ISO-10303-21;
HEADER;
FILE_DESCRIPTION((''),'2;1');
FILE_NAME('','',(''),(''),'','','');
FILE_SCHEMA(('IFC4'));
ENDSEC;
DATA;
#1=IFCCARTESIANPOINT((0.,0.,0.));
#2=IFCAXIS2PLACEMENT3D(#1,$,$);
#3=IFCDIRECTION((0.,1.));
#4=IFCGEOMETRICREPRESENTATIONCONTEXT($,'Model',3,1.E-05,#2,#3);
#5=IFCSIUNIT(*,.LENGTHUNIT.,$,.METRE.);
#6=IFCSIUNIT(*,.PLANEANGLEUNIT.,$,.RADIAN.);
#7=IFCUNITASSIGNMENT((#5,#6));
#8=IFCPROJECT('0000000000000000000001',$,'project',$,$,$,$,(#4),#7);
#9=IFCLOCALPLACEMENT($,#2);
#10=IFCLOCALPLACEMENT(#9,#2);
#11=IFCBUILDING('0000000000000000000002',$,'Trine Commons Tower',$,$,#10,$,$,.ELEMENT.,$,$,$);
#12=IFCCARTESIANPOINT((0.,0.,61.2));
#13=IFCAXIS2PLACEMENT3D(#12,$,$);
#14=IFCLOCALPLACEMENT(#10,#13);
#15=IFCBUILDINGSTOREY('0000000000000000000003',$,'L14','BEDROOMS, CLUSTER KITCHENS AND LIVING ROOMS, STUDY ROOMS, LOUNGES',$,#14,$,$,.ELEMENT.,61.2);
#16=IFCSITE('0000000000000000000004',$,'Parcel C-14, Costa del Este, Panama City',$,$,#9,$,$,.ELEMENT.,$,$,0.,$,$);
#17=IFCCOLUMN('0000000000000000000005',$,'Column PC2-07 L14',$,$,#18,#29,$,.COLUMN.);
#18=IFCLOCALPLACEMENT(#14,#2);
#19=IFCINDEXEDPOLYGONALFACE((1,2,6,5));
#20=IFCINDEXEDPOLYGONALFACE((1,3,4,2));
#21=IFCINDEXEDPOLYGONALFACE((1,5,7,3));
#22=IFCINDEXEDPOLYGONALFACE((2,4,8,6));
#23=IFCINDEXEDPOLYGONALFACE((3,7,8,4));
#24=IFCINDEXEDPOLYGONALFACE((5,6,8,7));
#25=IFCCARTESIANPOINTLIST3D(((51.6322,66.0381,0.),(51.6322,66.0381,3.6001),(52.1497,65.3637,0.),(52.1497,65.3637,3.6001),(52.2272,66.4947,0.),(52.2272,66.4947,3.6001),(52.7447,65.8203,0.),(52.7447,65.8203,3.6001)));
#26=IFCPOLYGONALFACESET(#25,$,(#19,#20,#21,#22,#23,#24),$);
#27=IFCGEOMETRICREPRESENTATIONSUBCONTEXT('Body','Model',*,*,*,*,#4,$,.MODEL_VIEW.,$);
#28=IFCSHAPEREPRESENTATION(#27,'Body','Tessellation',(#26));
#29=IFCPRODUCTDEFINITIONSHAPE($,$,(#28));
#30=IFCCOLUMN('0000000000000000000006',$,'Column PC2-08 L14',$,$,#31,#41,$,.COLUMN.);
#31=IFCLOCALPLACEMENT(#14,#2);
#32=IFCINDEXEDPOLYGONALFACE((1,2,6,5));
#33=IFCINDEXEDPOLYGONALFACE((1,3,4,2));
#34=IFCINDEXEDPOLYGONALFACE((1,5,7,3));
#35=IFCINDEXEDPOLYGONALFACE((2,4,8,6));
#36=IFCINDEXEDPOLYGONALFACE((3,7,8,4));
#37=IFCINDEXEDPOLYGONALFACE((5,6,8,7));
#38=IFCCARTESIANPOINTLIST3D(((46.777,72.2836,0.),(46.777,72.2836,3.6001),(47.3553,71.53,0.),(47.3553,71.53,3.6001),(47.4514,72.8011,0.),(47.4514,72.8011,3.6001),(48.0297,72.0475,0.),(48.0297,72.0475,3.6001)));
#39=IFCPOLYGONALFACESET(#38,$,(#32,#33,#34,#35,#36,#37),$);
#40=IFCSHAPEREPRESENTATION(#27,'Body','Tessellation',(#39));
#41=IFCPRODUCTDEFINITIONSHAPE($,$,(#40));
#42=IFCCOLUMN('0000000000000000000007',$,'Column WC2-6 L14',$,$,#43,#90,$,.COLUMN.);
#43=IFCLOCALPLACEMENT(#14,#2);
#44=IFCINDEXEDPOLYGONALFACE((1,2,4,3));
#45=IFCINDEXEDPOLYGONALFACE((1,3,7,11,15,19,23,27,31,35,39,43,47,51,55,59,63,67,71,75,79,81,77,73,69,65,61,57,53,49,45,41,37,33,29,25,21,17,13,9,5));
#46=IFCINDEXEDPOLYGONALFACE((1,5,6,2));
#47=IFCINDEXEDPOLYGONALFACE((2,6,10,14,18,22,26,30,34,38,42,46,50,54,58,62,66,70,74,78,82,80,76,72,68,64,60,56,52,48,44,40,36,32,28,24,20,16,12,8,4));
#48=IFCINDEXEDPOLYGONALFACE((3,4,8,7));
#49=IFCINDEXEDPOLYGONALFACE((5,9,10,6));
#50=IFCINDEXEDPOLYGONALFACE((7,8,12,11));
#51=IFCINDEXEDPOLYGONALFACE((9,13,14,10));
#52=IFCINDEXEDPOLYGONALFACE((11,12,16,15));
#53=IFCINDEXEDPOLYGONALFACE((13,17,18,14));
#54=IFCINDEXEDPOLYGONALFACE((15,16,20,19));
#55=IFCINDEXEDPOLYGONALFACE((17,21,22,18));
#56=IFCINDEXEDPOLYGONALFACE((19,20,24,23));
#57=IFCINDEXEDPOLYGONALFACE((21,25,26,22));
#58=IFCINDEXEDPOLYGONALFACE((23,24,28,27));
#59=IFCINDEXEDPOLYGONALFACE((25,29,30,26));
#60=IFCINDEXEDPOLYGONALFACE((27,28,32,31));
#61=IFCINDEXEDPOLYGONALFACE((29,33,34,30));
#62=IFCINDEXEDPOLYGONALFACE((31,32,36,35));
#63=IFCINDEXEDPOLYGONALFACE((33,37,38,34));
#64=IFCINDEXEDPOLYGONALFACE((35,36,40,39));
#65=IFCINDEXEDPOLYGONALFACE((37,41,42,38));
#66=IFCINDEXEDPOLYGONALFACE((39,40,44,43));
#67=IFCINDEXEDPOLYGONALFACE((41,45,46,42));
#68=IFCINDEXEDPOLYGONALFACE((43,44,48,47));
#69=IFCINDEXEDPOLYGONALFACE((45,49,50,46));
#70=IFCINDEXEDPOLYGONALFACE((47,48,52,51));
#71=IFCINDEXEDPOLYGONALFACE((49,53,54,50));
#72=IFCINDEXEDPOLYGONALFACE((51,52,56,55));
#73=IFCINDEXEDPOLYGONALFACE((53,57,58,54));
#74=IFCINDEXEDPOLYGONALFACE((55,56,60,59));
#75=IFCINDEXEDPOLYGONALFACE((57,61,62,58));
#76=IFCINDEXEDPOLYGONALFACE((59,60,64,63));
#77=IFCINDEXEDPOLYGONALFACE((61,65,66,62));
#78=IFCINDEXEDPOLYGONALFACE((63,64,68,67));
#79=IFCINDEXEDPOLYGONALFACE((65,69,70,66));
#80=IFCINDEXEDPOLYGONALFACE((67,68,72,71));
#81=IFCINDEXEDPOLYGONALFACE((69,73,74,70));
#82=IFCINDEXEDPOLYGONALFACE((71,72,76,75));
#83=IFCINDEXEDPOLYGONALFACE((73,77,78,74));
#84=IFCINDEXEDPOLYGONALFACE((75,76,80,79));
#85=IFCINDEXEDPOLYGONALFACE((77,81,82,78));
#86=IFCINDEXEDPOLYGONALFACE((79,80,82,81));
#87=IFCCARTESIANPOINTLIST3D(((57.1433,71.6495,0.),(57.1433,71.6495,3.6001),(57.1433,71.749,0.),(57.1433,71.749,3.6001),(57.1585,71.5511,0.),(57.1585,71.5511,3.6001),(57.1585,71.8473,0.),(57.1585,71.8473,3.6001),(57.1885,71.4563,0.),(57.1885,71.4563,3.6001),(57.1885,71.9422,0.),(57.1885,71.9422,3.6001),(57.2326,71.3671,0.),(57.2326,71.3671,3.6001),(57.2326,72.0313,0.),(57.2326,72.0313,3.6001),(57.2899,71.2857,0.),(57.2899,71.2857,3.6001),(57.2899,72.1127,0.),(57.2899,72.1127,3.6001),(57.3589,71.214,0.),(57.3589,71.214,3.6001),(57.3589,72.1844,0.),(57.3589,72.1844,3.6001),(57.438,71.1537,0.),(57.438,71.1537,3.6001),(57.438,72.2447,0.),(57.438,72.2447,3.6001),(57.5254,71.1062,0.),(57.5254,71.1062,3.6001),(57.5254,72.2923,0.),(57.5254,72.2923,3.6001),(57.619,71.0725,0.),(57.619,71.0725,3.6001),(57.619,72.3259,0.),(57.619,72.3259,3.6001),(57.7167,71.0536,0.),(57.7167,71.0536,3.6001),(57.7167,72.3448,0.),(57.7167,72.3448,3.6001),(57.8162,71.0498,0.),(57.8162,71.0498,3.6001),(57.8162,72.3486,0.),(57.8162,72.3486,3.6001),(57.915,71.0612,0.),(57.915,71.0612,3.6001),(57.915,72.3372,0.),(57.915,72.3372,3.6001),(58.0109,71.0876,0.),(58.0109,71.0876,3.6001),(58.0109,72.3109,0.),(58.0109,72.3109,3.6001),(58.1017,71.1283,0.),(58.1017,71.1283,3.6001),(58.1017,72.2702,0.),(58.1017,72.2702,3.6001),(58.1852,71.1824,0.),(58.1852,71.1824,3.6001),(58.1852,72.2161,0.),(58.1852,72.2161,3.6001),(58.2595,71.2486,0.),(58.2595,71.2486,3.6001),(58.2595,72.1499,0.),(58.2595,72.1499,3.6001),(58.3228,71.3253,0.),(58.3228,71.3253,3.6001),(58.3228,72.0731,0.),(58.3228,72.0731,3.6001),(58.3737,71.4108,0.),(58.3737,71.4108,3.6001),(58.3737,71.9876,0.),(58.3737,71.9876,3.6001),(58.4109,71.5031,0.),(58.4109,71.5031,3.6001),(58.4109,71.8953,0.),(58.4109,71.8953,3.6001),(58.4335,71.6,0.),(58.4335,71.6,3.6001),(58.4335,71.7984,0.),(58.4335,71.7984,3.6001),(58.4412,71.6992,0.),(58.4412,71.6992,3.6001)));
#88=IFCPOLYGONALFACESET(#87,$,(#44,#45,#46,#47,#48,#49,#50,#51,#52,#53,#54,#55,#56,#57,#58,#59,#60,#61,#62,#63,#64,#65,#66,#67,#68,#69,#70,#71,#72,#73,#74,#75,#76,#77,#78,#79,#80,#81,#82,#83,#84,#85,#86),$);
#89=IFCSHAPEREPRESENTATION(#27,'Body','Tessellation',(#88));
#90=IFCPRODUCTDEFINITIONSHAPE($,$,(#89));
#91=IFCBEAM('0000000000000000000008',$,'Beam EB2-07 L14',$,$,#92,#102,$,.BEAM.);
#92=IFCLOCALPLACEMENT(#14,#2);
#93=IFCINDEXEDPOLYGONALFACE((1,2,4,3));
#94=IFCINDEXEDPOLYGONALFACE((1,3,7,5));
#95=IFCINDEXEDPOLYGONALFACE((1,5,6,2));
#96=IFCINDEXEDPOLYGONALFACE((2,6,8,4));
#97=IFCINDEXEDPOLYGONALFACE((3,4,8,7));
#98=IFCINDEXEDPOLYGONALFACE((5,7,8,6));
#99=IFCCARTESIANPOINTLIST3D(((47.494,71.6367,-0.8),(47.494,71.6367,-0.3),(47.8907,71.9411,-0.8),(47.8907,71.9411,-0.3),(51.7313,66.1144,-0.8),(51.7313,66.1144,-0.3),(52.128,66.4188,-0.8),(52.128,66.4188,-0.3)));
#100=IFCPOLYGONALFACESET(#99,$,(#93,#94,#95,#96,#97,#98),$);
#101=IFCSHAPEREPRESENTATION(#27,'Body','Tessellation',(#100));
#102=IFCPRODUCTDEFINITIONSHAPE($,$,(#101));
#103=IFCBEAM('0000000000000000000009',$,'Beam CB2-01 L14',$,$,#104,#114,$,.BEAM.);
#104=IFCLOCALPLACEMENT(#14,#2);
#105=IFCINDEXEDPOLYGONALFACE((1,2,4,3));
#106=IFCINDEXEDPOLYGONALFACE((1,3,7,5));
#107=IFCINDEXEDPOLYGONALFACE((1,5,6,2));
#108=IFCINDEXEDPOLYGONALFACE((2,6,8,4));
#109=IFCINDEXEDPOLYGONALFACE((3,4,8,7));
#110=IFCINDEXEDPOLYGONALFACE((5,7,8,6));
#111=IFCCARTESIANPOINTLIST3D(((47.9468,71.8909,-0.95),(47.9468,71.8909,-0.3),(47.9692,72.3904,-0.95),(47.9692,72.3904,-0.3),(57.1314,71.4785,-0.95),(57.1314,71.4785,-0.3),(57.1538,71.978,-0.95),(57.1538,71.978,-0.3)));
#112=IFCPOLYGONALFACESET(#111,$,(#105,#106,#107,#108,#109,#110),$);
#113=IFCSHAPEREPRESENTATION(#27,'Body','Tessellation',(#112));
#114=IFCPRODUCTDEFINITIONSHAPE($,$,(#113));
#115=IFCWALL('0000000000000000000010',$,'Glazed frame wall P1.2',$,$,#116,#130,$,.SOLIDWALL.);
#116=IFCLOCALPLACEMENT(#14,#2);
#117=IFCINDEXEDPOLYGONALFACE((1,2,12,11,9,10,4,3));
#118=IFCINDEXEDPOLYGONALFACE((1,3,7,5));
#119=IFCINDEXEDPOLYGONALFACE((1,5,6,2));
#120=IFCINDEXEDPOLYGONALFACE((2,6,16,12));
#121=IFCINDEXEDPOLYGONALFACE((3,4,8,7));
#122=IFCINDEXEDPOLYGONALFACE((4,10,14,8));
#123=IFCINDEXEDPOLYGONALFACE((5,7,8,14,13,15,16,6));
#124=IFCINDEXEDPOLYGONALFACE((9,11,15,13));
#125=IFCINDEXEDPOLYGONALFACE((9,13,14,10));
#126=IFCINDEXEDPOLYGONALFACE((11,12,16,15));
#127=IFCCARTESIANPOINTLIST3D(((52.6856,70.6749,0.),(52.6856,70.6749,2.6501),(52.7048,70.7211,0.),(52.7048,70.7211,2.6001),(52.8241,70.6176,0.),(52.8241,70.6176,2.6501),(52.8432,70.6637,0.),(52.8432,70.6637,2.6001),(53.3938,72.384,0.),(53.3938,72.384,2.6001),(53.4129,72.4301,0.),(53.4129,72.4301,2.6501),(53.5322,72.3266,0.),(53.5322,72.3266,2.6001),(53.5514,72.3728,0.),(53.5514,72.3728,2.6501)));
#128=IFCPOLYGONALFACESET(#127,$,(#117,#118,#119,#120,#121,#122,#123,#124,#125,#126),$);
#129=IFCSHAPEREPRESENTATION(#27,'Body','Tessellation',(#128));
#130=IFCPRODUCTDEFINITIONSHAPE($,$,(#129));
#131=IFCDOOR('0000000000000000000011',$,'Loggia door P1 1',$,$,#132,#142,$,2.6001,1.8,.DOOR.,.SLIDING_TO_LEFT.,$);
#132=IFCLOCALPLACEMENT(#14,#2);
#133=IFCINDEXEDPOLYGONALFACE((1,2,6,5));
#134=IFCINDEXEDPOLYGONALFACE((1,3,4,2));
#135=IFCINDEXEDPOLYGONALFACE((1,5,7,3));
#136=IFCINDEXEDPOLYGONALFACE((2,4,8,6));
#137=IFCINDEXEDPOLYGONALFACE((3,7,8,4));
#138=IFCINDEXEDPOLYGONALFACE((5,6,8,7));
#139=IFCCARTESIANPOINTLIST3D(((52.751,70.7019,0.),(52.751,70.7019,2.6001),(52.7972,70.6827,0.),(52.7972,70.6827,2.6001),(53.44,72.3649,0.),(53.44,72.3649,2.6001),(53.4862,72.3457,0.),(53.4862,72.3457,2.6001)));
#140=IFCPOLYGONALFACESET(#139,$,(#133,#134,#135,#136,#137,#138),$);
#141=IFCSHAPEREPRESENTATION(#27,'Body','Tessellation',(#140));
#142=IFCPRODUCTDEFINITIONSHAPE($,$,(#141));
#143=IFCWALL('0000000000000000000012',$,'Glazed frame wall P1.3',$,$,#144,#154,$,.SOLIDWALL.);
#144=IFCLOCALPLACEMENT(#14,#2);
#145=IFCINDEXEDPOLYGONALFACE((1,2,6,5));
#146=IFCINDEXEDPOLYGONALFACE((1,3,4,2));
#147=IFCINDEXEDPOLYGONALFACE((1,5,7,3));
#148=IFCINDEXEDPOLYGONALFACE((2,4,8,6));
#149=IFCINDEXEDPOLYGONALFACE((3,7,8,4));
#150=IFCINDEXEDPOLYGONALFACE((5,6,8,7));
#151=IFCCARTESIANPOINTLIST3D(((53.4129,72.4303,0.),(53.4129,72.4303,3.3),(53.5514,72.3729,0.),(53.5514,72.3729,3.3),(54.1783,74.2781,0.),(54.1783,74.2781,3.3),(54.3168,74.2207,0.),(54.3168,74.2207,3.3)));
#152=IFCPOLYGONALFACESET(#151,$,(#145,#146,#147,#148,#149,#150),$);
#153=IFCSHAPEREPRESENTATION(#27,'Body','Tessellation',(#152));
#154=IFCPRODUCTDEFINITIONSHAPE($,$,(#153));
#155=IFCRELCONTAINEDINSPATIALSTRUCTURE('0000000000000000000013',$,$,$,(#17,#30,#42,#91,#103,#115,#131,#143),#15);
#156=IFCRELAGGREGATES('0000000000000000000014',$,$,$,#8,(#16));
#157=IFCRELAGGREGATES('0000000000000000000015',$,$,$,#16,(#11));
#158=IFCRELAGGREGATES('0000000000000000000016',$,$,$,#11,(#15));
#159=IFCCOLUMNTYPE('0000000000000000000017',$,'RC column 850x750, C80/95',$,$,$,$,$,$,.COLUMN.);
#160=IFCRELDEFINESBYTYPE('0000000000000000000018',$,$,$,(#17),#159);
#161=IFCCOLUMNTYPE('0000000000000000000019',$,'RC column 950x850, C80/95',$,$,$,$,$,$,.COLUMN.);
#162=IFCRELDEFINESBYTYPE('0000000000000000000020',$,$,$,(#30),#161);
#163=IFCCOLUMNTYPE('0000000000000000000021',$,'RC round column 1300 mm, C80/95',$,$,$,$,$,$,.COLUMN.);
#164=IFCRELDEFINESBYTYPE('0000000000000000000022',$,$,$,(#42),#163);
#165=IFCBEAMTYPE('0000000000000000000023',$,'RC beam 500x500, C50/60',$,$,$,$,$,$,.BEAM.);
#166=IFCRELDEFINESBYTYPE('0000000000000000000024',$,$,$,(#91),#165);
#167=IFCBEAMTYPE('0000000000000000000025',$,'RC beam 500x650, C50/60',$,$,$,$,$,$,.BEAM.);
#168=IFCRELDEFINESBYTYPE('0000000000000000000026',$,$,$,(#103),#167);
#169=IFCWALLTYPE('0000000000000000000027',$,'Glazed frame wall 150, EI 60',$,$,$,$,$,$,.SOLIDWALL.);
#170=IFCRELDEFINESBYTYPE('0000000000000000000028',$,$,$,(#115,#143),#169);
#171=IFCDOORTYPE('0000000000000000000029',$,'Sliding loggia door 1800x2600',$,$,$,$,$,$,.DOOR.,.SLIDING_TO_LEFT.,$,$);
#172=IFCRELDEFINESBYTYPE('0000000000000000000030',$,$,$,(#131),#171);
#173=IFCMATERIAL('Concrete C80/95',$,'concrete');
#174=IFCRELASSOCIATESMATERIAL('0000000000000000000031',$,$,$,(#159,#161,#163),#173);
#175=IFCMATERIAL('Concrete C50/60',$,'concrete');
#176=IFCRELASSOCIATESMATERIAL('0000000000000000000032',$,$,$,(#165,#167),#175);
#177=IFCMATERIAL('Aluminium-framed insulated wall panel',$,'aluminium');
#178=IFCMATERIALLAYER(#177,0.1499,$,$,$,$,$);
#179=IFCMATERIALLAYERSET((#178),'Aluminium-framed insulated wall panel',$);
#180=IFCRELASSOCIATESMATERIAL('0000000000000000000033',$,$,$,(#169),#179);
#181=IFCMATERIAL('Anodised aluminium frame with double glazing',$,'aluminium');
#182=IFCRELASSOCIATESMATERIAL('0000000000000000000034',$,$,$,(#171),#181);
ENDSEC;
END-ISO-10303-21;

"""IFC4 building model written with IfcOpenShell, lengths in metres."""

from ifc_helpers import new_model, si_unit, direction, frame, frame_2d, origin, origin_2d, place, context, subcontext, project, spatial, polyline, rectangle, circle, outline, extrude, material, layer, layer_set, material_profile, profile_set, type_object, element, fill, save


model = new_model("IFC4")

# Units and contexts
model_context = context("Model", 3, precision=1e-05, world=origin(), true_north=direction((0.0, 1.0)))
body_context = subcontext(model_context, "Body", "Model", "MODEL_VIEW")
ifc_project = project(units=[si_unit("LENGTHUNIT", "METRE"), si_unit("PLANEANGLEUNIT", "RADIAN")], contexts=[model_context])

# Site, building, storey
site_placement = place(None, origin())
site = spatial("IfcSite", under=ifc_project, at=site_placement, Name="Parcel C-14, Costa del Este, Panama City", CompositionType="ELEMENT", RefElevation=0.0)
building_placement = place(site_placement, origin())
building = spatial("IfcBuilding", under=site, at=building_placement, Name="Trine Commons Tower", CompositionType="ELEMENT")
storey_placement = place(building_placement, frame((0.0, 0.0, 61.2)))
storey = spatial("IfcBuildingStorey", under=building, at=storey_placement, Name="L14", Description="BEDROOMS, CLUSTER KITCHENS AND LIVING ROOMS, STUDY ROOMS, LOUNGES", CompositionType="ELEMENT", Elevation=61.2)

# Columns
ifc_material_1 = material(Name="Concrete C80/95", Category="concrete")
ifc_material_profile_1 = material_profile(ifc_material_1, rectangle(XDim=0.8501, YDim=0.75, at=origin_2d()), Name="RC 850x750")
ifc_profile_set_1 = profile_set([ifc_material_profile_1], Name="Concrete C80/95")
column_type_1 = type_object("IfcColumnType", Name="RC column 850x750, C80/95", PredefinedType="COLUMN", material=ifc_profile_set_1)
column_1_placement = place(storey_placement, frame((52.1885, 65.9292, 0.0), z_axis=(0.0, 0.0, 1.0), x_axis=(-0.608761, 0.793353, 0.0)))
element("IfcColumn", 1, at=column_1_placement, inside=storey, type_object=column_type_1, Name="Column PC2-07 L14", PredefinedType="COLUMN", context=body_context, shape_type="SweptSolid", body=[
    extrude(rectangle(XDim=0.8501, YDim=0.75, at=origin_2d()), origin(), (0.0, 0.0, 1.0), 3.6001),
])
ifc_material_profile_2 = material_profile(ifc_material_1, rectangle(XDim=0.95, YDim=0.8501, at=origin_2d()), Name="RC 950x850")
ifc_profile_set_2 = profile_set([ifc_material_profile_2], Name="Concrete C80/95")
column_type_2 = type_object("IfcColumnType", Name="RC column 950x850, C80/95", PredefinedType="COLUMN", material=ifc_profile_set_2)
column_2_placement = place(storey_placement, frame((47.4033, 72.1655, 0.0), z_axis=(0.0, 0.0, 1.0), x_axis=(-0.608761, 0.793353, 0.0)))
element("IfcColumn", 2, at=column_2_placement, inside=storey, type_object=column_type_2, Name="Column PC2-08 L14", PredefinedType="COLUMN", context=body_context, shape_type="SweptSolid", body=[
    extrude(rectangle(XDim=0.95, YDim=0.8501, at=origin_2d()), origin(), (0.0, 0.0, 1.0), 3.6001),
])
ifc_material_profile_3 = material_profile(ifc_material_1, circle(Radius=0.6499, at=origin_2d()), Name="RC round 1300")
ifc_profile_set_3 = profile_set([ifc_material_profile_3], Name="Concrete C80/95")
column_type_3 = type_object("IfcColumnType", Name="RC round column 1300 mm, C80/95", PredefinedType="COLUMN", material=ifc_profile_set_3)
column_3_placement = place(storey_placement, frame((57.7913, 71.6992, 0.0), z_axis=(0.0, 0.0, 1.0), x_axis=(1.0, 0.0, 0.0)))
element("IfcColumn", 3, at=column_3_placement, inside=storey, type_object=column_type_3, Name="Column WC2-6 L14", PredefinedType="COLUMN", context=body_context, shape_type="SweptSolid", body=[
    extrude(circle(Radius=0.6499, at=origin_2d()), origin(), (0.0, 0.0, 1.0), 3.6001),
])

# Beams
ifc_material_2 = material(Name="Concrete C50/60", Category="concrete")
ifc_material_profile_4 = material_profile(ifc_material_2, rectangle(XDim=0.5, YDim=0.5, at=origin_2d()), Name="RC 500x500")
ifc_profile_set_4 = profile_set([ifc_material_profile_4], Name="Concrete C50/60")
beam_type_1 = type_object("IfcBeamType", Name="RC beam 500x500, C50/60", PredefinedType="BEAM", material=ifc_profile_set_4)
beam_1_placement = place(storey_placement, frame((51.9297, 66.2666, -0.55), z_axis=(-0.608758, 0.793356, 0.0), x_axis=(-0.793356, -0.608758, 0.0)))
element("IfcBeam", 4, at=beam_1_placement, inside=storey, type_object=beam_type_1, Name="Beam EB2-07 L14", PredefinedType="BEAM", context=body_context, shape_type="SweptSolid", body=[
    extrude(rectangle(XDim=0.5, YDim=0.5, at=origin_2d()), origin(), (0.0, 0.0, 1.0), 6.9607),
])
ifc_material_profile_5 = material_profile(ifc_material_2, rectangle(XDim=0.5, YDim=0.6499, at=origin_2d()), Name="RC 500x650")
ifc_profile_set_5 = profile_set([ifc_material_profile_5], Name="Concrete C50/60")
beam_type_2 = type_object("IfcBeamType", Name="RC beam 500x650, C50/60", PredefinedType="BEAM", material=ifc_profile_set_5)
beam_2_placement = place(storey_placement, frame((47.958, 72.1406, -0.625), z_axis=(0.998994, -0.044851, 0.0), x_axis=(0.044851, 0.998994, 0.0)))
element("IfcBeam", 5, at=beam_2_placement, inside=storey, type_object=beam_type_2, Name="Beam CB2-01 L14", PredefinedType="BEAM", context=body_context, shape_type="SweptSolid", body=[
    extrude(rectangle(XDim=0.5, YDim=0.6499, at=origin_2d()), origin(), (0.0, 0.0, 1.0), 9.1938),
])

# Shared definitions
ifc_material_3 = material(Name="Aluminium-framed insulated wall panel", Category="aluminium")
ifc_layer_1 = layer(ifc_material_3, 0.1499)
ifc_layer_set_1 = layer_set([ifc_layer_1], Name="Aluminium-framed insulated wall panel")
wall_type_1 = type_object("IfcWallType", Name="Glazed frame wall 150, EI 60", PredefinedType="SOLIDWALL", material=ifc_layer_set_1)

# Wall, opening, door
wall_1_placement = place(storey_placement, frame((52.7549, 70.6462, 0.0), z_axis=(0.0, 0.0, 1.0), x_axis=(0.382772, 0.923843, 0.0)))
wall_1 = element("IfcWall", 6, at=wall_1_placement, inside=storey, type_object=wall_type_1, Name="Glazed frame wall P1.2", PredefinedType="SOLIDWALL", context=body_context, shape_type="SweptSolid", body=[
    extrude(outline(polyline([(0.0, -0.075), (1.8999, -0.075), (1.8999, 0.075), (0.0, 0.075), (0.0, -0.075)])), origin(), (0.0, 0.0, 1.0), 2.6501),
])
opening_1_placement = place(wall_1_placement, frame((0.05, 0.0, 0.0)))
opening_1 = element("IfcOpeningElement", 7, at=opening_1_placement, cuts=wall_1, PredefinedType="OPENING", context=body_context, shape_type="SweptSolid", body=[
    extrude(rectangle(XDim=1.8, YDim=2.6001, at=frame_2d((0.8999, 1.3))), frame((0.0, 0.085, 0.0), z_axis=(0.0, -1.0, 0.0), x_axis=(1.0, 0.0, 0.0)), (0.0, 0.0, 1.0), 0.1699),
])
ifc_material_4 = material(Name="Anodised aluminium frame with double glazing", Category="aluminium")
door_type_1 = type_object("IfcDoorType", Name="Sliding loggia door 1800x2600", OperationType="SLIDING_TO_LEFT", PredefinedType="DOOR", material=ifc_material_4)
door_1_placement = place(opening_1_placement, origin())
door_1 = element("IfcDoor", 8, at=door_1_placement, inside=storey, type_object=door_type_1, Name="Loggia door P1 1", OperationType="SLIDING_TO_LEFT", OverallHeight=2.6001, OverallWidth=1.8, PredefinedType="DOOR", context=body_context, shape_type="SweptSolid", body=[
    extrude(rectangle(XDim=1.8, YDim=2.6001, at=frame_2d((0.8999, 1.3))), frame((0.0, 0.0249, 0.0), z_axis=(0.0, -1.0, 0.0), x_axis=(1.0, 0.0, 0.0)), (0.0, 0.0, 1.0), 0.05),
])
fill(opening_1, door_1)

# Wall
wall_2_placement = place(storey_placement, frame((53.4822, 72.4016, 0.0), z_axis=(0.0, 0.0, 1.0), x_axis=(0.382664, 0.923887, 0.0)))
element("IfcWall", 9, at=wall_2_placement, inside=storey, type_object=wall_type_1, Name="Glazed frame wall P1.3", PredefinedType="SOLIDWALL", context=body_context, shape_type="SweptSolid", body=[
    extrude(outline(polyline([(0.0, -0.075), (2.0, -0.075), (2.0, 0.075), (0.0, 0.075), (0.0, -0.075)])), origin(), (0.0, 0.0, 1.0), 3.3),
])

save(model, "model.ifc")
